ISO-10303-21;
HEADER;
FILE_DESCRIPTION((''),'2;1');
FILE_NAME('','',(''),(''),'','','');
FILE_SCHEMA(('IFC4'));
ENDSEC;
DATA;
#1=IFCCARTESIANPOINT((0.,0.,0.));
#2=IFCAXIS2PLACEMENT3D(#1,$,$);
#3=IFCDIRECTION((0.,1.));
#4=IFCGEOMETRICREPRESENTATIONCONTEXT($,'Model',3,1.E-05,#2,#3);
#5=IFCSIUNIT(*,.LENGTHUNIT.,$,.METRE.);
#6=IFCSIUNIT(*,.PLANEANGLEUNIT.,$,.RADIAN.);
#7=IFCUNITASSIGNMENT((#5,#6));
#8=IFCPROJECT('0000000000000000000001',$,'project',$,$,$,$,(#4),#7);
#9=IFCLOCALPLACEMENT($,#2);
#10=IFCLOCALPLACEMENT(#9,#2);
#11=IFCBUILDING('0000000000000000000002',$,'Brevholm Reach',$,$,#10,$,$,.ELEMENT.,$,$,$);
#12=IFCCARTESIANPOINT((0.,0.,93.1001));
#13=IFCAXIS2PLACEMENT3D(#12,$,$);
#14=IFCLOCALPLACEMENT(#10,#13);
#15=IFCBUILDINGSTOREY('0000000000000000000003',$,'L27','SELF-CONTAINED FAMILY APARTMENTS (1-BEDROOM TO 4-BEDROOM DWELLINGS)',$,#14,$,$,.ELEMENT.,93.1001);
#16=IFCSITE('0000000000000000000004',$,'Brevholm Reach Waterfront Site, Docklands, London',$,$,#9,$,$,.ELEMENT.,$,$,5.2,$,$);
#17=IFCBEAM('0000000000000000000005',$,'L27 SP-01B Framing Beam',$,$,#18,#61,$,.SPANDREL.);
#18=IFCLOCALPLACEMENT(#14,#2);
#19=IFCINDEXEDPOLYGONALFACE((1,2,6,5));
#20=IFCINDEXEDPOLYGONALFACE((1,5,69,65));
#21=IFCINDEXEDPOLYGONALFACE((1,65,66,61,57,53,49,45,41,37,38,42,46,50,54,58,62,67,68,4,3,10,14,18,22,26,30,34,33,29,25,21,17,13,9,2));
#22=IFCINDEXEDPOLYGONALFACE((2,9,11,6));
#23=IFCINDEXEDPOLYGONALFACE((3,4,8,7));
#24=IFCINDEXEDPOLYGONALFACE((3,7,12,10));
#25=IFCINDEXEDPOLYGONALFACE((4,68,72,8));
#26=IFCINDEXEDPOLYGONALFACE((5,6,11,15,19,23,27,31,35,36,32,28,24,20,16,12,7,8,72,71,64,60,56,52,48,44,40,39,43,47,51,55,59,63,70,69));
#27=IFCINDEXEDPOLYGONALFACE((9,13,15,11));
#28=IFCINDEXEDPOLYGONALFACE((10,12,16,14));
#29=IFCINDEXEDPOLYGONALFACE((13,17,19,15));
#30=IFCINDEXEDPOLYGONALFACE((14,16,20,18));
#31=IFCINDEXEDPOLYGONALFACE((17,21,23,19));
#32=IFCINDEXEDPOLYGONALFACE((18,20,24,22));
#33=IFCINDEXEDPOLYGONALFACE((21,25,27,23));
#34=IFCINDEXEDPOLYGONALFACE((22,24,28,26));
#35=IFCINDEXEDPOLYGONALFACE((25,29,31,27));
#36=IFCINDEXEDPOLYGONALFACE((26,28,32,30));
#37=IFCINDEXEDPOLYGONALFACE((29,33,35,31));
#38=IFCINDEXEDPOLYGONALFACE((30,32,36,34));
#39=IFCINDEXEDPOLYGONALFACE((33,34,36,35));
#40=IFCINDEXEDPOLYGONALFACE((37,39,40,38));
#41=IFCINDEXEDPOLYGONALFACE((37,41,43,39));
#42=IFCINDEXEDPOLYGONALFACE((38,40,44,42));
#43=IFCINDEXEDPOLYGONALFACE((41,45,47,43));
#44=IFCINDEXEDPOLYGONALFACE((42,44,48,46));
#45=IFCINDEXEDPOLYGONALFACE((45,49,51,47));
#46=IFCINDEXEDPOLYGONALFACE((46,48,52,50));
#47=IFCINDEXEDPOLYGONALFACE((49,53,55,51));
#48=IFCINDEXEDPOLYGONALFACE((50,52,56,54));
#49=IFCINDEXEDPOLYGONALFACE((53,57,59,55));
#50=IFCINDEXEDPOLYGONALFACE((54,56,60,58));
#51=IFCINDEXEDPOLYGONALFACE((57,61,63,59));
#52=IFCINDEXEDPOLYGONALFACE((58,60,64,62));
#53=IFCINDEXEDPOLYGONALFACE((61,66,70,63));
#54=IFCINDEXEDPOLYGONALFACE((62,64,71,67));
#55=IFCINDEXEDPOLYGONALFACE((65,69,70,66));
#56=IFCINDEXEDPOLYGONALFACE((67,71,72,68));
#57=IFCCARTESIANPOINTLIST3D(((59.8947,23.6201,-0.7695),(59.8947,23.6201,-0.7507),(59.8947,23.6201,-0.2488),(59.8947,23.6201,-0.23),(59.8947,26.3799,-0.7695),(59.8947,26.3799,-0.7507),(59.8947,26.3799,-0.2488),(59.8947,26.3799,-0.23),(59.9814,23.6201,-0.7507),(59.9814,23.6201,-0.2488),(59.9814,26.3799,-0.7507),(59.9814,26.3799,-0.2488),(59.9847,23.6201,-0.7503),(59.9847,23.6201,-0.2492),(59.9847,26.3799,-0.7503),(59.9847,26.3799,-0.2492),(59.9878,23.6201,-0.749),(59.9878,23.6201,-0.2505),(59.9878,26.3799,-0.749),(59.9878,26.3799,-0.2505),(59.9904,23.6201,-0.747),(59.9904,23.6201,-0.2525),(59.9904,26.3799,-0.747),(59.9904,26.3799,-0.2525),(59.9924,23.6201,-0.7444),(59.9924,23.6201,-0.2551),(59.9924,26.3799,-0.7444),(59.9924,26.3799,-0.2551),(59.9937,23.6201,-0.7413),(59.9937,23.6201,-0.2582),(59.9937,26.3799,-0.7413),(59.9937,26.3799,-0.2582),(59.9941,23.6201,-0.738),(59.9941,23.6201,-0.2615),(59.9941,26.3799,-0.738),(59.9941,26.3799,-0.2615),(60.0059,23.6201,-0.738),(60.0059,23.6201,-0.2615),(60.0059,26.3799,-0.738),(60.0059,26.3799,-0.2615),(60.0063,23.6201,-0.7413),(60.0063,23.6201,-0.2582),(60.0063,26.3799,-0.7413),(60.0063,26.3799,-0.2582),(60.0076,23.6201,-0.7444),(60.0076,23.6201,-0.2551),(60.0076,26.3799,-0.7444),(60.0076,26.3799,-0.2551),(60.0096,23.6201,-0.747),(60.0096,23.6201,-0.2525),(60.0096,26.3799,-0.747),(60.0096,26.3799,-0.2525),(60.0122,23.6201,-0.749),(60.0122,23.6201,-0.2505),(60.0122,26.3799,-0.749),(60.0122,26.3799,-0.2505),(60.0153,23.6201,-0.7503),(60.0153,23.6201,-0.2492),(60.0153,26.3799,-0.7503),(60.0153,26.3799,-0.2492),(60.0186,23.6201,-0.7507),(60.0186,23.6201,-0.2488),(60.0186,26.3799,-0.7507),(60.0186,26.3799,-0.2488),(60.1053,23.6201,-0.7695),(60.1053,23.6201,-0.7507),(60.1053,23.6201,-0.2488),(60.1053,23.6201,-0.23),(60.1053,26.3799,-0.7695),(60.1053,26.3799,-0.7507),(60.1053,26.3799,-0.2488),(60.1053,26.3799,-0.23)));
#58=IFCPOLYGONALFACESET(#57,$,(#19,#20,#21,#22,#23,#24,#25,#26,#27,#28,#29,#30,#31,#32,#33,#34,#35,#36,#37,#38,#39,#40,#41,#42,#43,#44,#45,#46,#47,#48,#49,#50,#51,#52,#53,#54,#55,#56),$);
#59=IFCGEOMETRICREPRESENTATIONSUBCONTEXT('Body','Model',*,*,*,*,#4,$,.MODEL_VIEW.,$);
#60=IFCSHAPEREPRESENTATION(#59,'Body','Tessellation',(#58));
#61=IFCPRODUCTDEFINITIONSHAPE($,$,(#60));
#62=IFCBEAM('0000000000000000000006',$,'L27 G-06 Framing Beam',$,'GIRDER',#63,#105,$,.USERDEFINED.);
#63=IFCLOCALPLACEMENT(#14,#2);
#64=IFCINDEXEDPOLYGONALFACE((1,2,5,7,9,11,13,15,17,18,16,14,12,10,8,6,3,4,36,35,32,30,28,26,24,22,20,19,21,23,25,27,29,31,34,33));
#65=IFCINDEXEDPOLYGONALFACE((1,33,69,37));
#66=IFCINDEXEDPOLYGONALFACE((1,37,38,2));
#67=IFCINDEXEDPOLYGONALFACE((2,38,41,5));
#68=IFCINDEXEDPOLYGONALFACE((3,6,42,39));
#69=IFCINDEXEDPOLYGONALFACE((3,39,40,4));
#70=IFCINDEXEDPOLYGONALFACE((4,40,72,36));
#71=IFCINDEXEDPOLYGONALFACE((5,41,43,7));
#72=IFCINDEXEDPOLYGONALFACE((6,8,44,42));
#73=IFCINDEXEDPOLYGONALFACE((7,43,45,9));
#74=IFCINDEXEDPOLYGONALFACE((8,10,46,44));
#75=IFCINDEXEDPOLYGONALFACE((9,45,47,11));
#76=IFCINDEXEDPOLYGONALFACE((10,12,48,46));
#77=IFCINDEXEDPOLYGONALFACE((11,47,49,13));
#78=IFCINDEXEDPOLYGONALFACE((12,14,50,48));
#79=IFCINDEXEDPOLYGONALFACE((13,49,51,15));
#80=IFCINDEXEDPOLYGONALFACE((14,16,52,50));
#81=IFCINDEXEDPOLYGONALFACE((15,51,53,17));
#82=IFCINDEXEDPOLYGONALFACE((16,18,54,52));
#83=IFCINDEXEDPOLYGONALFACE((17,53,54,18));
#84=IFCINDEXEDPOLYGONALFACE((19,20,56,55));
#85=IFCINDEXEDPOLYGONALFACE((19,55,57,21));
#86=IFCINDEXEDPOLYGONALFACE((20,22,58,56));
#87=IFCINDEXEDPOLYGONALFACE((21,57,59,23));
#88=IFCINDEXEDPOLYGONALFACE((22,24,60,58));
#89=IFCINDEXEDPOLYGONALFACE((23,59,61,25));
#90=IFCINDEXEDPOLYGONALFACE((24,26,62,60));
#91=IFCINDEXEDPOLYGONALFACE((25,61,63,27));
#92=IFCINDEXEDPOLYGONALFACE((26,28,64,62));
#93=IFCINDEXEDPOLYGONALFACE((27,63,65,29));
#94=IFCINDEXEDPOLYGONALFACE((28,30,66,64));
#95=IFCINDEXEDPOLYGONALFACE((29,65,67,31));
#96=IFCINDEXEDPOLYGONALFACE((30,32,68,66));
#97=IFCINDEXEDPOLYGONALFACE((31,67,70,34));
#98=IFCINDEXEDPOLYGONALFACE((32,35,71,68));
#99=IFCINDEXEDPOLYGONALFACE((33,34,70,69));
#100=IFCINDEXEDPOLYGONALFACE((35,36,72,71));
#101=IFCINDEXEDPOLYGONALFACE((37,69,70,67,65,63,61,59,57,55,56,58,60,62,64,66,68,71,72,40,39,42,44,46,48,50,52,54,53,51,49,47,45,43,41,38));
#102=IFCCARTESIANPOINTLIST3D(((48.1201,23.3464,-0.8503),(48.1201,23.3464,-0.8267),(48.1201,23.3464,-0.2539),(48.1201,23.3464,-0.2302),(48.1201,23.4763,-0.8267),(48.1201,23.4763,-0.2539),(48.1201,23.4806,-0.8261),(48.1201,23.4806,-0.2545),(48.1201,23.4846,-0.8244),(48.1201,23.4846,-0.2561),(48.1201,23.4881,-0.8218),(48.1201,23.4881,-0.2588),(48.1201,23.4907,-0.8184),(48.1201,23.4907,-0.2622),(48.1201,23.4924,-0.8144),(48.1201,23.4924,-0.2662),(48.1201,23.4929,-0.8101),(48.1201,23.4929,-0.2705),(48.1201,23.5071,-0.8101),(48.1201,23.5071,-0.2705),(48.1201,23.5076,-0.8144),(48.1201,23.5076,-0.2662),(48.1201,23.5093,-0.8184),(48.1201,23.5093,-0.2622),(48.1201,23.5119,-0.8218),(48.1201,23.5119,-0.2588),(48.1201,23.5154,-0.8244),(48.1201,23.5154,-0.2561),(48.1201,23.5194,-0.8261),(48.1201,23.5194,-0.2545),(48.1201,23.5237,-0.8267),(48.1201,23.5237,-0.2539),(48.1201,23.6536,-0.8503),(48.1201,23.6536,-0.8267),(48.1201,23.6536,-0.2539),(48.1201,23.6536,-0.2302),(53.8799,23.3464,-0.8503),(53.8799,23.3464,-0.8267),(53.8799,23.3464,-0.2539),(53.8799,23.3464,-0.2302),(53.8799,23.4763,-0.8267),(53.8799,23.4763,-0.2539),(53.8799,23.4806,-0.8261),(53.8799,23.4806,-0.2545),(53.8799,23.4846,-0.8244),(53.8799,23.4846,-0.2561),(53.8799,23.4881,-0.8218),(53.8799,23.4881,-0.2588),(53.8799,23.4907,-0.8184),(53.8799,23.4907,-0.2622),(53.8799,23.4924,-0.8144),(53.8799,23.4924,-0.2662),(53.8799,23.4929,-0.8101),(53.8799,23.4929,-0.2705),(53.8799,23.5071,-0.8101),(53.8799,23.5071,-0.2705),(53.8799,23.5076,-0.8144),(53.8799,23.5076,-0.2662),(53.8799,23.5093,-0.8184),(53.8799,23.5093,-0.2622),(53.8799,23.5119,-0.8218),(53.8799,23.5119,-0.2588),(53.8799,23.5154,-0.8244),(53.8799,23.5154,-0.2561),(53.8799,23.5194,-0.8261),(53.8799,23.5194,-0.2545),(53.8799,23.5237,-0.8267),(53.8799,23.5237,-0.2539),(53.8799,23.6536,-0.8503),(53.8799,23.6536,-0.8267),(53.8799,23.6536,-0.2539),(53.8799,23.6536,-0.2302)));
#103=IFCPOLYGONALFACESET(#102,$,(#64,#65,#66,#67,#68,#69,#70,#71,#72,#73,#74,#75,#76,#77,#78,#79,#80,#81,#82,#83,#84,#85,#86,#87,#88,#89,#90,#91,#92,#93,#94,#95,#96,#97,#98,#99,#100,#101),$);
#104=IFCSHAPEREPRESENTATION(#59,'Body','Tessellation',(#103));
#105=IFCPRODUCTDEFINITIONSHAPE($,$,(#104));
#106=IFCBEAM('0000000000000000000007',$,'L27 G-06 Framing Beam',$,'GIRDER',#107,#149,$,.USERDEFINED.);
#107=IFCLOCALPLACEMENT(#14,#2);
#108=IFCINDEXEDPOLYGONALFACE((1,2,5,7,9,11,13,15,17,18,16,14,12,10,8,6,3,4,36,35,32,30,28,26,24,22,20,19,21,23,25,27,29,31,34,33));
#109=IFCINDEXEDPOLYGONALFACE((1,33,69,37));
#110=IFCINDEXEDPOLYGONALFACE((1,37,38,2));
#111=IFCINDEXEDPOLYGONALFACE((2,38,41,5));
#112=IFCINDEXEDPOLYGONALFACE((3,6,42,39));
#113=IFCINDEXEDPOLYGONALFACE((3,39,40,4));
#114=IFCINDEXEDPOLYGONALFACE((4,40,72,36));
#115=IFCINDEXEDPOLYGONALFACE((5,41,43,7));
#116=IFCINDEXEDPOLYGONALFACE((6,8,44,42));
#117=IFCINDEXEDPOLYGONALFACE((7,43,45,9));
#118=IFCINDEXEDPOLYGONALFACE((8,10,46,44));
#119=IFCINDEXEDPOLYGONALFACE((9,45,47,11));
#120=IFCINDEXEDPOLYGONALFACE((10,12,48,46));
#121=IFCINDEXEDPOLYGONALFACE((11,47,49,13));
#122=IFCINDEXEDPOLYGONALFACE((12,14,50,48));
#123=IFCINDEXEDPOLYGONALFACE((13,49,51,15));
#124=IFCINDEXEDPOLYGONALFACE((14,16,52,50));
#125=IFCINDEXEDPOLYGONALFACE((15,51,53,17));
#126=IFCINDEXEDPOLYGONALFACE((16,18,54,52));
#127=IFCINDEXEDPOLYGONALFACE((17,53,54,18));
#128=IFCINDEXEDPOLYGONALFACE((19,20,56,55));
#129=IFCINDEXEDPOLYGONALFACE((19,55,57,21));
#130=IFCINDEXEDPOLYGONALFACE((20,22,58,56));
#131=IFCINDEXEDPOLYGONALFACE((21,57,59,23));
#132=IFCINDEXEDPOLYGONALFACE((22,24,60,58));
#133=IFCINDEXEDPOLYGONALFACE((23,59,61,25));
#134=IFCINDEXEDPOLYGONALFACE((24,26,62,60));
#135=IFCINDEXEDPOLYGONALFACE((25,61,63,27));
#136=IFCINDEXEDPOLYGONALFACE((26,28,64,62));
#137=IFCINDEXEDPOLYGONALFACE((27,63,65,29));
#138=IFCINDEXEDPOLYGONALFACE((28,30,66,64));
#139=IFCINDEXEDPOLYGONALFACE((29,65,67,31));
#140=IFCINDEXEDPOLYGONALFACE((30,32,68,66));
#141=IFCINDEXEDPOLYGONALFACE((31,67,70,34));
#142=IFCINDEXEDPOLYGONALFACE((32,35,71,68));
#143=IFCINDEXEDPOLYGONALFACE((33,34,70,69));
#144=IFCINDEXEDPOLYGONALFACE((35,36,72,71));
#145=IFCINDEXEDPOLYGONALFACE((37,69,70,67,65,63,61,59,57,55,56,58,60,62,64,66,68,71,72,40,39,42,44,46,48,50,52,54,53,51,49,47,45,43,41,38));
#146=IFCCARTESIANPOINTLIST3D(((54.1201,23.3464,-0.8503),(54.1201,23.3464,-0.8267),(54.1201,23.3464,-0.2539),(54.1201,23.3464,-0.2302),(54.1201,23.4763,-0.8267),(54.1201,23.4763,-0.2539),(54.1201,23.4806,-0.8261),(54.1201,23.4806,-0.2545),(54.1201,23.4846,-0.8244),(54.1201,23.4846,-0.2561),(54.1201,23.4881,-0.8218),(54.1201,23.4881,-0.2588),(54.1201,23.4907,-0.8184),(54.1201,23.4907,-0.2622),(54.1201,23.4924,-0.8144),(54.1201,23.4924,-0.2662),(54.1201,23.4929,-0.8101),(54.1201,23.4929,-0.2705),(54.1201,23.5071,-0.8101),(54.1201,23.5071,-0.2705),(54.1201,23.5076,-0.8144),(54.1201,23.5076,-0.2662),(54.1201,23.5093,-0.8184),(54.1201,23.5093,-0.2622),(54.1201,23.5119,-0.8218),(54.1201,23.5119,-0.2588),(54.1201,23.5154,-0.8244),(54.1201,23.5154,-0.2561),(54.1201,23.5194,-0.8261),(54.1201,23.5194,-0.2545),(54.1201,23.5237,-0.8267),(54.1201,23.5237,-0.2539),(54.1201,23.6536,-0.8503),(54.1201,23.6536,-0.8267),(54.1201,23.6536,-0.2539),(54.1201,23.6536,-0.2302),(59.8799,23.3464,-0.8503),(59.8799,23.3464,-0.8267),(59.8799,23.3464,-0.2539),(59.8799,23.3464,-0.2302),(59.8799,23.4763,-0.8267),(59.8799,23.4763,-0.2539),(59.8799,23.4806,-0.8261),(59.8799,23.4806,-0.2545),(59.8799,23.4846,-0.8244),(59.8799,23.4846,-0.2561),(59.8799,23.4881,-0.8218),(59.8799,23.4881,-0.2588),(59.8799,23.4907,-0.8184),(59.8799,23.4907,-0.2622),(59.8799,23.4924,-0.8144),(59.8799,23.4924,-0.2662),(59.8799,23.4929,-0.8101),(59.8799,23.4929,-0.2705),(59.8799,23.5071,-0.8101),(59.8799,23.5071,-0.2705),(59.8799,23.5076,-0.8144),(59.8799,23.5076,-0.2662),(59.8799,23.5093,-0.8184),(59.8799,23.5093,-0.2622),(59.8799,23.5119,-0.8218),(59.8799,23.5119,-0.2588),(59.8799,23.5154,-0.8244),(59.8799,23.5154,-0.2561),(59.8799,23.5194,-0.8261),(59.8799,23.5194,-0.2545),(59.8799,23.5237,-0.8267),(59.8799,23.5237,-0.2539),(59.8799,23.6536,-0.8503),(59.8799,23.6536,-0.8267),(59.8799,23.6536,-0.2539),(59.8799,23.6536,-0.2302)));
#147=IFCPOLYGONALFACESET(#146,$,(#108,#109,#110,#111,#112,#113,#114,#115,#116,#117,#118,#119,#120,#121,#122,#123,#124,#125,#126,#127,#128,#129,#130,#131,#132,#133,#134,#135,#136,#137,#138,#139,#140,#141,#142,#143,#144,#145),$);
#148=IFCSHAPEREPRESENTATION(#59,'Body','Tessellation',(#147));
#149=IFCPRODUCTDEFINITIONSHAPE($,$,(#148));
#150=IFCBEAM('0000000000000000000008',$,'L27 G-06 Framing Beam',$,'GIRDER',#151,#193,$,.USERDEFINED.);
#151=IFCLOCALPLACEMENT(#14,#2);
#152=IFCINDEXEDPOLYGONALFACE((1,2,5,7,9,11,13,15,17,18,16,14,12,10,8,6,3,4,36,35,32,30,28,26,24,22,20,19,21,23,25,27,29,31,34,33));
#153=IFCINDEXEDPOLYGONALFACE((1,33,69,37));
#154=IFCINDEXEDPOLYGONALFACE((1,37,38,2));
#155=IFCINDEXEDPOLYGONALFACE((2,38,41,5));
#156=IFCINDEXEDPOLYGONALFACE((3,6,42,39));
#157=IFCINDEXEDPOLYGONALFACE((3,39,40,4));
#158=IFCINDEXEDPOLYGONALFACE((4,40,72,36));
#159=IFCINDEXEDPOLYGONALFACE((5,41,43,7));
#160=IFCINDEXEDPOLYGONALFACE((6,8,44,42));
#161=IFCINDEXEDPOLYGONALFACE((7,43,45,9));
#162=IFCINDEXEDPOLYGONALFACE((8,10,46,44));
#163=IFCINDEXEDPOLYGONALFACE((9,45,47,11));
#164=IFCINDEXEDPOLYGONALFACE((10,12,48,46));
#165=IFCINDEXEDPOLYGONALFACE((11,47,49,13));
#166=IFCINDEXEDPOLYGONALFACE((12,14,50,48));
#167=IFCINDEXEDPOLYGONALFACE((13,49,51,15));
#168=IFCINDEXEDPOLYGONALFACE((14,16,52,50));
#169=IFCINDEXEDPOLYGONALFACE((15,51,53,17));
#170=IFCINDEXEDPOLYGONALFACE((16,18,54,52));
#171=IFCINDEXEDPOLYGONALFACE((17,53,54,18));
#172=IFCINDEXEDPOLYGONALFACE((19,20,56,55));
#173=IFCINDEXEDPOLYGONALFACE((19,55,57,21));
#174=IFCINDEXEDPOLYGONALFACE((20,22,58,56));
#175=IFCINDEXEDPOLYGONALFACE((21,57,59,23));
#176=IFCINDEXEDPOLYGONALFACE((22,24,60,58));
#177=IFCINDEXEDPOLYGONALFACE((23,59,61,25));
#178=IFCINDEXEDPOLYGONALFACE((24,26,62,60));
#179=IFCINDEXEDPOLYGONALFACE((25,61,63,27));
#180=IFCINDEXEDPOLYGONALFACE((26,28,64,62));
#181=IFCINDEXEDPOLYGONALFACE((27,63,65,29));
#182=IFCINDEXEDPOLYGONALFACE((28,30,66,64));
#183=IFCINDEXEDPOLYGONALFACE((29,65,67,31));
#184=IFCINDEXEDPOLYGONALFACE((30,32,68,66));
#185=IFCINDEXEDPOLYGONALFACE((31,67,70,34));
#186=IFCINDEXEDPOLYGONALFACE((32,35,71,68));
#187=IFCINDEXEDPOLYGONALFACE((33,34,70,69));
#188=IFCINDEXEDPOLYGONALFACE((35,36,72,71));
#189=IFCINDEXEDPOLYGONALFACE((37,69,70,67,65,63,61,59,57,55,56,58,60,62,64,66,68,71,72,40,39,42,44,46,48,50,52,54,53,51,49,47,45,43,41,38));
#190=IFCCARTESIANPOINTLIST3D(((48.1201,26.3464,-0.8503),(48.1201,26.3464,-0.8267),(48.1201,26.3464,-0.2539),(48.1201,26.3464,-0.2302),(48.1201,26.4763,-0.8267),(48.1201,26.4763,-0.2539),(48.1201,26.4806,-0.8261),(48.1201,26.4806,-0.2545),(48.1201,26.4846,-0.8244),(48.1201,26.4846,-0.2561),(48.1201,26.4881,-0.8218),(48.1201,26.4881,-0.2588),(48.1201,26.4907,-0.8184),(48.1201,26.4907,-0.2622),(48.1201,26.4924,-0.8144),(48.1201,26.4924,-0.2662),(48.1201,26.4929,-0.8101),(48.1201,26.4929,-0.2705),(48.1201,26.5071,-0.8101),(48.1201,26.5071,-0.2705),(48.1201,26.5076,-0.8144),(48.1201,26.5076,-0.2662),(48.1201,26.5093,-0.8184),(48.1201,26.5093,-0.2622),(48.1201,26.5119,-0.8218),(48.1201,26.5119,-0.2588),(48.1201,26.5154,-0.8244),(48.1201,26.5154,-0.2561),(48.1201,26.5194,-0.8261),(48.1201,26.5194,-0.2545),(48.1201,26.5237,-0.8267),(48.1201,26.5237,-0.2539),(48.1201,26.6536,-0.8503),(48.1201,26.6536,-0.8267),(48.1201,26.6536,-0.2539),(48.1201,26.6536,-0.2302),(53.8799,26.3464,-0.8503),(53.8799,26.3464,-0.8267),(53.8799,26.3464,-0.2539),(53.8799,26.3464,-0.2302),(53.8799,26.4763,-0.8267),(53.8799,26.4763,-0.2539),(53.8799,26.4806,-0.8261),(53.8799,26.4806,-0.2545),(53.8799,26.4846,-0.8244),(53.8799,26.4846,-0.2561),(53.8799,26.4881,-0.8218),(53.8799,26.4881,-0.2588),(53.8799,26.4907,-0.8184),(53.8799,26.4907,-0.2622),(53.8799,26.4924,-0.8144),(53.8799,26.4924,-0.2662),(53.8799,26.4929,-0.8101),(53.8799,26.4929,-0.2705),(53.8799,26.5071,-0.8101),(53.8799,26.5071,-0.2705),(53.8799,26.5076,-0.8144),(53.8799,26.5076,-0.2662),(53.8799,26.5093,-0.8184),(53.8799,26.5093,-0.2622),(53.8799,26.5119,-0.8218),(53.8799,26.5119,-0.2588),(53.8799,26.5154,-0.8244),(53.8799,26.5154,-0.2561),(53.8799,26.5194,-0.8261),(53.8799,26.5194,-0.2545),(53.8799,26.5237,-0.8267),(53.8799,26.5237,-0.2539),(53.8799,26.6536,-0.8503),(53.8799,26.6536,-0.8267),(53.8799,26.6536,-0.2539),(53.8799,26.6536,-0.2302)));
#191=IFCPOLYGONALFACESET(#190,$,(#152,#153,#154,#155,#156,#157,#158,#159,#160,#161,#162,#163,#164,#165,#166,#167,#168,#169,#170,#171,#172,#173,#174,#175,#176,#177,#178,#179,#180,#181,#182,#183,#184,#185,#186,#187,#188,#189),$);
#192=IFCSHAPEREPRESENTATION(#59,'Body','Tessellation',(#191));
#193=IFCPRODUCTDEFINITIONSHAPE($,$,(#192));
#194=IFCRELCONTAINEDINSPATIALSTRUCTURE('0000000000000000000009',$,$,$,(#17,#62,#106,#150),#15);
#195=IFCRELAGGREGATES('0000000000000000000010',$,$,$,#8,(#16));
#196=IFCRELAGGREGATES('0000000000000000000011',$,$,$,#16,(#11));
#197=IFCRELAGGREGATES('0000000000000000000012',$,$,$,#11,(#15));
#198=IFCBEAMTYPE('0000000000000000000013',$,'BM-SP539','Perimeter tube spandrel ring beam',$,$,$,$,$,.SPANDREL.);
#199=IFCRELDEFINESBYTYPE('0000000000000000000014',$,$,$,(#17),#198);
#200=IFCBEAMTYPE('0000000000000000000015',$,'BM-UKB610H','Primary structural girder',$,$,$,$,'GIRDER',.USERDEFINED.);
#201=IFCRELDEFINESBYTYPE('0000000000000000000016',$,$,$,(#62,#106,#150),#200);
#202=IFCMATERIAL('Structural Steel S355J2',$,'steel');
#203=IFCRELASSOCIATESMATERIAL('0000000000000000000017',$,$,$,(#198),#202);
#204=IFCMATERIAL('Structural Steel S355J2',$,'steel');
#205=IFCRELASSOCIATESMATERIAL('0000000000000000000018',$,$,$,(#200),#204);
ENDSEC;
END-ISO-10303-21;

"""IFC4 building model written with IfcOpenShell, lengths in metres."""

from ifc_helpers import new_model, si_unit, direction, frame, origin, origin_2d, place, context, subcontext, project, spatial, i_section, extrude, material, material_profile, profile_set, type_object, element, save


model = new_model("IFC4")

# Units and contexts
model_context = context("Model", 3, precision=1e-05, world=origin(), true_north=direction((0.0, 1.0)))
body_context = subcontext(model_context, "Body", "Model", "MODEL_VIEW")
ifc_project = project(units=[si_unit("LENGTHUNIT", "METRE"), si_unit("PLANEANGLEUNIT", "RADIAN")], contexts=[model_context])

# Site, building, storey
site_placement = place(None, origin())
site = spatial("IfcSite", under=ifc_project, at=site_placement, Name="Brevholm Reach Waterfront Site, Docklands, London", CompositionType="ELEMENT", RefElevation=5.2)
building_placement = place(site_placement, origin())
building = spatial("IfcBuilding", under=site, at=building_placement, Name="Brevholm Reach", CompositionType="ELEMENT")
storey_placement = place(building_placement, frame((0.0, 0.0, 93.1001)))
storey = spatial("IfcBuildingStorey", under=building, at=storey_placement, Name="L27", Description="SELF-CONTAINED FAMILY APARTMENTS (1-BEDROOM TO 4-BEDROOM DWELLINGS)", CompositionType="ELEMENT", Elevation=93.1001)

# Beams
ifc_material_1 = material(Name="Structural Steel S355J2", Category="steel")
ifc_material_profile_1 = material_profile(ifc_material_1, i_section(OverallWidth=0.2107, OverallDepth=0.5396, WebThickness=0.0117, FlangeThickness=0.0188, FilletRadius=0.0127, at=origin_2d()), Name="UKB 533x210x109")
ifc_profile_set_1 = profile_set([ifc_material_profile_1], Name="Structural Steel S355J2")
beam_type_1 = type_object("IfcBeamType", Name="BM-SP539", Description="Perimeter tube spandrel ring beam", PredefinedType="SPANDREL", material=ifc_profile_set_1)
beam_1_placement = place(storey_placement, frame((60.0, 23.6201, -0.4998), z_axis=(0.0, 1.0, 0.0), x_axis=(-1.0, 0.0, 0.0)))
element("IfcBeam", 1, at=beam_1_placement, inside=storey, type_object=beam_type_1, Name="L27 SP-01B Framing Beam", PredefinedType="SPANDREL", context=body_context, shape_type="SweptSolid", body=[
    extrude(i_section(OverallWidth=0.2107, OverallDepth=0.5396, WebThickness=0.0117, FlangeThickness=0.0188, FilletRadius=0.0127, at=origin_2d()), origin(), (0.0, 0.0, 1.0), 2.7598),
])
ifc_material_2 = material(Name="Structural Steel S355J2", Category="steel")
ifc_material_profile_2 = material_profile(ifc_material_2, i_section(OverallWidth=0.3071, OverallDepth=0.6201, WebThickness=0.0142, FlangeThickness=0.0237, FilletRadius=0.0166, at=origin_2d()), Name="UKB 610x305x179")
ifc_profile_set_2 = profile_set([ifc_material_profile_2], Name="Structural Steel S355J2")
beam_type_2 = type_object("IfcBeamType", Name="BM-UKB610H", Description="Primary structural girder", ElementType="GIRDER", PredefinedType="USERDEFINED", material=ifc_profile_set_2)
for number, where, z_axis, x_axis, name in (
    (2, (48.1201, 23.5, -0.5403), (1.0, 0.0, 0.0), (0.0, 1.0, 0.0), "L27 G-06 Framing Beam"),
    (3, (54.1201, 23.5, -0.5403), (1.0, 0.0, 0.0), (0.0, 1.0, 0.0), "L27 G-06 Framing Beam"),
    (4, (48.1201, 26.5, -0.5403), (1.0, 0.0, 0.0), (0.0, 1.0, 0.0), "L27 G-06 Framing Beam"),
):
    element("IfcBeam", number, at=place(storey_placement, frame(where, z_axis=z_axis, x_axis=x_axis)), inside=storey, type_object=beam_type_2, Name=name, ObjectType="GIRDER", PredefinedType="USERDEFINED", context=body_context, shape_type="SweptSolid", body=[
        extrude(i_section(OverallWidth=0.3071, OverallDepth=0.6201, WebThickness=0.0142, FlangeThickness=0.0237, FilletRadius=0.0166, at=origin_2d()), origin(), (0.0, 0.0, 1.0), 5.7598),
    ])

save(model, "model.ifc")
